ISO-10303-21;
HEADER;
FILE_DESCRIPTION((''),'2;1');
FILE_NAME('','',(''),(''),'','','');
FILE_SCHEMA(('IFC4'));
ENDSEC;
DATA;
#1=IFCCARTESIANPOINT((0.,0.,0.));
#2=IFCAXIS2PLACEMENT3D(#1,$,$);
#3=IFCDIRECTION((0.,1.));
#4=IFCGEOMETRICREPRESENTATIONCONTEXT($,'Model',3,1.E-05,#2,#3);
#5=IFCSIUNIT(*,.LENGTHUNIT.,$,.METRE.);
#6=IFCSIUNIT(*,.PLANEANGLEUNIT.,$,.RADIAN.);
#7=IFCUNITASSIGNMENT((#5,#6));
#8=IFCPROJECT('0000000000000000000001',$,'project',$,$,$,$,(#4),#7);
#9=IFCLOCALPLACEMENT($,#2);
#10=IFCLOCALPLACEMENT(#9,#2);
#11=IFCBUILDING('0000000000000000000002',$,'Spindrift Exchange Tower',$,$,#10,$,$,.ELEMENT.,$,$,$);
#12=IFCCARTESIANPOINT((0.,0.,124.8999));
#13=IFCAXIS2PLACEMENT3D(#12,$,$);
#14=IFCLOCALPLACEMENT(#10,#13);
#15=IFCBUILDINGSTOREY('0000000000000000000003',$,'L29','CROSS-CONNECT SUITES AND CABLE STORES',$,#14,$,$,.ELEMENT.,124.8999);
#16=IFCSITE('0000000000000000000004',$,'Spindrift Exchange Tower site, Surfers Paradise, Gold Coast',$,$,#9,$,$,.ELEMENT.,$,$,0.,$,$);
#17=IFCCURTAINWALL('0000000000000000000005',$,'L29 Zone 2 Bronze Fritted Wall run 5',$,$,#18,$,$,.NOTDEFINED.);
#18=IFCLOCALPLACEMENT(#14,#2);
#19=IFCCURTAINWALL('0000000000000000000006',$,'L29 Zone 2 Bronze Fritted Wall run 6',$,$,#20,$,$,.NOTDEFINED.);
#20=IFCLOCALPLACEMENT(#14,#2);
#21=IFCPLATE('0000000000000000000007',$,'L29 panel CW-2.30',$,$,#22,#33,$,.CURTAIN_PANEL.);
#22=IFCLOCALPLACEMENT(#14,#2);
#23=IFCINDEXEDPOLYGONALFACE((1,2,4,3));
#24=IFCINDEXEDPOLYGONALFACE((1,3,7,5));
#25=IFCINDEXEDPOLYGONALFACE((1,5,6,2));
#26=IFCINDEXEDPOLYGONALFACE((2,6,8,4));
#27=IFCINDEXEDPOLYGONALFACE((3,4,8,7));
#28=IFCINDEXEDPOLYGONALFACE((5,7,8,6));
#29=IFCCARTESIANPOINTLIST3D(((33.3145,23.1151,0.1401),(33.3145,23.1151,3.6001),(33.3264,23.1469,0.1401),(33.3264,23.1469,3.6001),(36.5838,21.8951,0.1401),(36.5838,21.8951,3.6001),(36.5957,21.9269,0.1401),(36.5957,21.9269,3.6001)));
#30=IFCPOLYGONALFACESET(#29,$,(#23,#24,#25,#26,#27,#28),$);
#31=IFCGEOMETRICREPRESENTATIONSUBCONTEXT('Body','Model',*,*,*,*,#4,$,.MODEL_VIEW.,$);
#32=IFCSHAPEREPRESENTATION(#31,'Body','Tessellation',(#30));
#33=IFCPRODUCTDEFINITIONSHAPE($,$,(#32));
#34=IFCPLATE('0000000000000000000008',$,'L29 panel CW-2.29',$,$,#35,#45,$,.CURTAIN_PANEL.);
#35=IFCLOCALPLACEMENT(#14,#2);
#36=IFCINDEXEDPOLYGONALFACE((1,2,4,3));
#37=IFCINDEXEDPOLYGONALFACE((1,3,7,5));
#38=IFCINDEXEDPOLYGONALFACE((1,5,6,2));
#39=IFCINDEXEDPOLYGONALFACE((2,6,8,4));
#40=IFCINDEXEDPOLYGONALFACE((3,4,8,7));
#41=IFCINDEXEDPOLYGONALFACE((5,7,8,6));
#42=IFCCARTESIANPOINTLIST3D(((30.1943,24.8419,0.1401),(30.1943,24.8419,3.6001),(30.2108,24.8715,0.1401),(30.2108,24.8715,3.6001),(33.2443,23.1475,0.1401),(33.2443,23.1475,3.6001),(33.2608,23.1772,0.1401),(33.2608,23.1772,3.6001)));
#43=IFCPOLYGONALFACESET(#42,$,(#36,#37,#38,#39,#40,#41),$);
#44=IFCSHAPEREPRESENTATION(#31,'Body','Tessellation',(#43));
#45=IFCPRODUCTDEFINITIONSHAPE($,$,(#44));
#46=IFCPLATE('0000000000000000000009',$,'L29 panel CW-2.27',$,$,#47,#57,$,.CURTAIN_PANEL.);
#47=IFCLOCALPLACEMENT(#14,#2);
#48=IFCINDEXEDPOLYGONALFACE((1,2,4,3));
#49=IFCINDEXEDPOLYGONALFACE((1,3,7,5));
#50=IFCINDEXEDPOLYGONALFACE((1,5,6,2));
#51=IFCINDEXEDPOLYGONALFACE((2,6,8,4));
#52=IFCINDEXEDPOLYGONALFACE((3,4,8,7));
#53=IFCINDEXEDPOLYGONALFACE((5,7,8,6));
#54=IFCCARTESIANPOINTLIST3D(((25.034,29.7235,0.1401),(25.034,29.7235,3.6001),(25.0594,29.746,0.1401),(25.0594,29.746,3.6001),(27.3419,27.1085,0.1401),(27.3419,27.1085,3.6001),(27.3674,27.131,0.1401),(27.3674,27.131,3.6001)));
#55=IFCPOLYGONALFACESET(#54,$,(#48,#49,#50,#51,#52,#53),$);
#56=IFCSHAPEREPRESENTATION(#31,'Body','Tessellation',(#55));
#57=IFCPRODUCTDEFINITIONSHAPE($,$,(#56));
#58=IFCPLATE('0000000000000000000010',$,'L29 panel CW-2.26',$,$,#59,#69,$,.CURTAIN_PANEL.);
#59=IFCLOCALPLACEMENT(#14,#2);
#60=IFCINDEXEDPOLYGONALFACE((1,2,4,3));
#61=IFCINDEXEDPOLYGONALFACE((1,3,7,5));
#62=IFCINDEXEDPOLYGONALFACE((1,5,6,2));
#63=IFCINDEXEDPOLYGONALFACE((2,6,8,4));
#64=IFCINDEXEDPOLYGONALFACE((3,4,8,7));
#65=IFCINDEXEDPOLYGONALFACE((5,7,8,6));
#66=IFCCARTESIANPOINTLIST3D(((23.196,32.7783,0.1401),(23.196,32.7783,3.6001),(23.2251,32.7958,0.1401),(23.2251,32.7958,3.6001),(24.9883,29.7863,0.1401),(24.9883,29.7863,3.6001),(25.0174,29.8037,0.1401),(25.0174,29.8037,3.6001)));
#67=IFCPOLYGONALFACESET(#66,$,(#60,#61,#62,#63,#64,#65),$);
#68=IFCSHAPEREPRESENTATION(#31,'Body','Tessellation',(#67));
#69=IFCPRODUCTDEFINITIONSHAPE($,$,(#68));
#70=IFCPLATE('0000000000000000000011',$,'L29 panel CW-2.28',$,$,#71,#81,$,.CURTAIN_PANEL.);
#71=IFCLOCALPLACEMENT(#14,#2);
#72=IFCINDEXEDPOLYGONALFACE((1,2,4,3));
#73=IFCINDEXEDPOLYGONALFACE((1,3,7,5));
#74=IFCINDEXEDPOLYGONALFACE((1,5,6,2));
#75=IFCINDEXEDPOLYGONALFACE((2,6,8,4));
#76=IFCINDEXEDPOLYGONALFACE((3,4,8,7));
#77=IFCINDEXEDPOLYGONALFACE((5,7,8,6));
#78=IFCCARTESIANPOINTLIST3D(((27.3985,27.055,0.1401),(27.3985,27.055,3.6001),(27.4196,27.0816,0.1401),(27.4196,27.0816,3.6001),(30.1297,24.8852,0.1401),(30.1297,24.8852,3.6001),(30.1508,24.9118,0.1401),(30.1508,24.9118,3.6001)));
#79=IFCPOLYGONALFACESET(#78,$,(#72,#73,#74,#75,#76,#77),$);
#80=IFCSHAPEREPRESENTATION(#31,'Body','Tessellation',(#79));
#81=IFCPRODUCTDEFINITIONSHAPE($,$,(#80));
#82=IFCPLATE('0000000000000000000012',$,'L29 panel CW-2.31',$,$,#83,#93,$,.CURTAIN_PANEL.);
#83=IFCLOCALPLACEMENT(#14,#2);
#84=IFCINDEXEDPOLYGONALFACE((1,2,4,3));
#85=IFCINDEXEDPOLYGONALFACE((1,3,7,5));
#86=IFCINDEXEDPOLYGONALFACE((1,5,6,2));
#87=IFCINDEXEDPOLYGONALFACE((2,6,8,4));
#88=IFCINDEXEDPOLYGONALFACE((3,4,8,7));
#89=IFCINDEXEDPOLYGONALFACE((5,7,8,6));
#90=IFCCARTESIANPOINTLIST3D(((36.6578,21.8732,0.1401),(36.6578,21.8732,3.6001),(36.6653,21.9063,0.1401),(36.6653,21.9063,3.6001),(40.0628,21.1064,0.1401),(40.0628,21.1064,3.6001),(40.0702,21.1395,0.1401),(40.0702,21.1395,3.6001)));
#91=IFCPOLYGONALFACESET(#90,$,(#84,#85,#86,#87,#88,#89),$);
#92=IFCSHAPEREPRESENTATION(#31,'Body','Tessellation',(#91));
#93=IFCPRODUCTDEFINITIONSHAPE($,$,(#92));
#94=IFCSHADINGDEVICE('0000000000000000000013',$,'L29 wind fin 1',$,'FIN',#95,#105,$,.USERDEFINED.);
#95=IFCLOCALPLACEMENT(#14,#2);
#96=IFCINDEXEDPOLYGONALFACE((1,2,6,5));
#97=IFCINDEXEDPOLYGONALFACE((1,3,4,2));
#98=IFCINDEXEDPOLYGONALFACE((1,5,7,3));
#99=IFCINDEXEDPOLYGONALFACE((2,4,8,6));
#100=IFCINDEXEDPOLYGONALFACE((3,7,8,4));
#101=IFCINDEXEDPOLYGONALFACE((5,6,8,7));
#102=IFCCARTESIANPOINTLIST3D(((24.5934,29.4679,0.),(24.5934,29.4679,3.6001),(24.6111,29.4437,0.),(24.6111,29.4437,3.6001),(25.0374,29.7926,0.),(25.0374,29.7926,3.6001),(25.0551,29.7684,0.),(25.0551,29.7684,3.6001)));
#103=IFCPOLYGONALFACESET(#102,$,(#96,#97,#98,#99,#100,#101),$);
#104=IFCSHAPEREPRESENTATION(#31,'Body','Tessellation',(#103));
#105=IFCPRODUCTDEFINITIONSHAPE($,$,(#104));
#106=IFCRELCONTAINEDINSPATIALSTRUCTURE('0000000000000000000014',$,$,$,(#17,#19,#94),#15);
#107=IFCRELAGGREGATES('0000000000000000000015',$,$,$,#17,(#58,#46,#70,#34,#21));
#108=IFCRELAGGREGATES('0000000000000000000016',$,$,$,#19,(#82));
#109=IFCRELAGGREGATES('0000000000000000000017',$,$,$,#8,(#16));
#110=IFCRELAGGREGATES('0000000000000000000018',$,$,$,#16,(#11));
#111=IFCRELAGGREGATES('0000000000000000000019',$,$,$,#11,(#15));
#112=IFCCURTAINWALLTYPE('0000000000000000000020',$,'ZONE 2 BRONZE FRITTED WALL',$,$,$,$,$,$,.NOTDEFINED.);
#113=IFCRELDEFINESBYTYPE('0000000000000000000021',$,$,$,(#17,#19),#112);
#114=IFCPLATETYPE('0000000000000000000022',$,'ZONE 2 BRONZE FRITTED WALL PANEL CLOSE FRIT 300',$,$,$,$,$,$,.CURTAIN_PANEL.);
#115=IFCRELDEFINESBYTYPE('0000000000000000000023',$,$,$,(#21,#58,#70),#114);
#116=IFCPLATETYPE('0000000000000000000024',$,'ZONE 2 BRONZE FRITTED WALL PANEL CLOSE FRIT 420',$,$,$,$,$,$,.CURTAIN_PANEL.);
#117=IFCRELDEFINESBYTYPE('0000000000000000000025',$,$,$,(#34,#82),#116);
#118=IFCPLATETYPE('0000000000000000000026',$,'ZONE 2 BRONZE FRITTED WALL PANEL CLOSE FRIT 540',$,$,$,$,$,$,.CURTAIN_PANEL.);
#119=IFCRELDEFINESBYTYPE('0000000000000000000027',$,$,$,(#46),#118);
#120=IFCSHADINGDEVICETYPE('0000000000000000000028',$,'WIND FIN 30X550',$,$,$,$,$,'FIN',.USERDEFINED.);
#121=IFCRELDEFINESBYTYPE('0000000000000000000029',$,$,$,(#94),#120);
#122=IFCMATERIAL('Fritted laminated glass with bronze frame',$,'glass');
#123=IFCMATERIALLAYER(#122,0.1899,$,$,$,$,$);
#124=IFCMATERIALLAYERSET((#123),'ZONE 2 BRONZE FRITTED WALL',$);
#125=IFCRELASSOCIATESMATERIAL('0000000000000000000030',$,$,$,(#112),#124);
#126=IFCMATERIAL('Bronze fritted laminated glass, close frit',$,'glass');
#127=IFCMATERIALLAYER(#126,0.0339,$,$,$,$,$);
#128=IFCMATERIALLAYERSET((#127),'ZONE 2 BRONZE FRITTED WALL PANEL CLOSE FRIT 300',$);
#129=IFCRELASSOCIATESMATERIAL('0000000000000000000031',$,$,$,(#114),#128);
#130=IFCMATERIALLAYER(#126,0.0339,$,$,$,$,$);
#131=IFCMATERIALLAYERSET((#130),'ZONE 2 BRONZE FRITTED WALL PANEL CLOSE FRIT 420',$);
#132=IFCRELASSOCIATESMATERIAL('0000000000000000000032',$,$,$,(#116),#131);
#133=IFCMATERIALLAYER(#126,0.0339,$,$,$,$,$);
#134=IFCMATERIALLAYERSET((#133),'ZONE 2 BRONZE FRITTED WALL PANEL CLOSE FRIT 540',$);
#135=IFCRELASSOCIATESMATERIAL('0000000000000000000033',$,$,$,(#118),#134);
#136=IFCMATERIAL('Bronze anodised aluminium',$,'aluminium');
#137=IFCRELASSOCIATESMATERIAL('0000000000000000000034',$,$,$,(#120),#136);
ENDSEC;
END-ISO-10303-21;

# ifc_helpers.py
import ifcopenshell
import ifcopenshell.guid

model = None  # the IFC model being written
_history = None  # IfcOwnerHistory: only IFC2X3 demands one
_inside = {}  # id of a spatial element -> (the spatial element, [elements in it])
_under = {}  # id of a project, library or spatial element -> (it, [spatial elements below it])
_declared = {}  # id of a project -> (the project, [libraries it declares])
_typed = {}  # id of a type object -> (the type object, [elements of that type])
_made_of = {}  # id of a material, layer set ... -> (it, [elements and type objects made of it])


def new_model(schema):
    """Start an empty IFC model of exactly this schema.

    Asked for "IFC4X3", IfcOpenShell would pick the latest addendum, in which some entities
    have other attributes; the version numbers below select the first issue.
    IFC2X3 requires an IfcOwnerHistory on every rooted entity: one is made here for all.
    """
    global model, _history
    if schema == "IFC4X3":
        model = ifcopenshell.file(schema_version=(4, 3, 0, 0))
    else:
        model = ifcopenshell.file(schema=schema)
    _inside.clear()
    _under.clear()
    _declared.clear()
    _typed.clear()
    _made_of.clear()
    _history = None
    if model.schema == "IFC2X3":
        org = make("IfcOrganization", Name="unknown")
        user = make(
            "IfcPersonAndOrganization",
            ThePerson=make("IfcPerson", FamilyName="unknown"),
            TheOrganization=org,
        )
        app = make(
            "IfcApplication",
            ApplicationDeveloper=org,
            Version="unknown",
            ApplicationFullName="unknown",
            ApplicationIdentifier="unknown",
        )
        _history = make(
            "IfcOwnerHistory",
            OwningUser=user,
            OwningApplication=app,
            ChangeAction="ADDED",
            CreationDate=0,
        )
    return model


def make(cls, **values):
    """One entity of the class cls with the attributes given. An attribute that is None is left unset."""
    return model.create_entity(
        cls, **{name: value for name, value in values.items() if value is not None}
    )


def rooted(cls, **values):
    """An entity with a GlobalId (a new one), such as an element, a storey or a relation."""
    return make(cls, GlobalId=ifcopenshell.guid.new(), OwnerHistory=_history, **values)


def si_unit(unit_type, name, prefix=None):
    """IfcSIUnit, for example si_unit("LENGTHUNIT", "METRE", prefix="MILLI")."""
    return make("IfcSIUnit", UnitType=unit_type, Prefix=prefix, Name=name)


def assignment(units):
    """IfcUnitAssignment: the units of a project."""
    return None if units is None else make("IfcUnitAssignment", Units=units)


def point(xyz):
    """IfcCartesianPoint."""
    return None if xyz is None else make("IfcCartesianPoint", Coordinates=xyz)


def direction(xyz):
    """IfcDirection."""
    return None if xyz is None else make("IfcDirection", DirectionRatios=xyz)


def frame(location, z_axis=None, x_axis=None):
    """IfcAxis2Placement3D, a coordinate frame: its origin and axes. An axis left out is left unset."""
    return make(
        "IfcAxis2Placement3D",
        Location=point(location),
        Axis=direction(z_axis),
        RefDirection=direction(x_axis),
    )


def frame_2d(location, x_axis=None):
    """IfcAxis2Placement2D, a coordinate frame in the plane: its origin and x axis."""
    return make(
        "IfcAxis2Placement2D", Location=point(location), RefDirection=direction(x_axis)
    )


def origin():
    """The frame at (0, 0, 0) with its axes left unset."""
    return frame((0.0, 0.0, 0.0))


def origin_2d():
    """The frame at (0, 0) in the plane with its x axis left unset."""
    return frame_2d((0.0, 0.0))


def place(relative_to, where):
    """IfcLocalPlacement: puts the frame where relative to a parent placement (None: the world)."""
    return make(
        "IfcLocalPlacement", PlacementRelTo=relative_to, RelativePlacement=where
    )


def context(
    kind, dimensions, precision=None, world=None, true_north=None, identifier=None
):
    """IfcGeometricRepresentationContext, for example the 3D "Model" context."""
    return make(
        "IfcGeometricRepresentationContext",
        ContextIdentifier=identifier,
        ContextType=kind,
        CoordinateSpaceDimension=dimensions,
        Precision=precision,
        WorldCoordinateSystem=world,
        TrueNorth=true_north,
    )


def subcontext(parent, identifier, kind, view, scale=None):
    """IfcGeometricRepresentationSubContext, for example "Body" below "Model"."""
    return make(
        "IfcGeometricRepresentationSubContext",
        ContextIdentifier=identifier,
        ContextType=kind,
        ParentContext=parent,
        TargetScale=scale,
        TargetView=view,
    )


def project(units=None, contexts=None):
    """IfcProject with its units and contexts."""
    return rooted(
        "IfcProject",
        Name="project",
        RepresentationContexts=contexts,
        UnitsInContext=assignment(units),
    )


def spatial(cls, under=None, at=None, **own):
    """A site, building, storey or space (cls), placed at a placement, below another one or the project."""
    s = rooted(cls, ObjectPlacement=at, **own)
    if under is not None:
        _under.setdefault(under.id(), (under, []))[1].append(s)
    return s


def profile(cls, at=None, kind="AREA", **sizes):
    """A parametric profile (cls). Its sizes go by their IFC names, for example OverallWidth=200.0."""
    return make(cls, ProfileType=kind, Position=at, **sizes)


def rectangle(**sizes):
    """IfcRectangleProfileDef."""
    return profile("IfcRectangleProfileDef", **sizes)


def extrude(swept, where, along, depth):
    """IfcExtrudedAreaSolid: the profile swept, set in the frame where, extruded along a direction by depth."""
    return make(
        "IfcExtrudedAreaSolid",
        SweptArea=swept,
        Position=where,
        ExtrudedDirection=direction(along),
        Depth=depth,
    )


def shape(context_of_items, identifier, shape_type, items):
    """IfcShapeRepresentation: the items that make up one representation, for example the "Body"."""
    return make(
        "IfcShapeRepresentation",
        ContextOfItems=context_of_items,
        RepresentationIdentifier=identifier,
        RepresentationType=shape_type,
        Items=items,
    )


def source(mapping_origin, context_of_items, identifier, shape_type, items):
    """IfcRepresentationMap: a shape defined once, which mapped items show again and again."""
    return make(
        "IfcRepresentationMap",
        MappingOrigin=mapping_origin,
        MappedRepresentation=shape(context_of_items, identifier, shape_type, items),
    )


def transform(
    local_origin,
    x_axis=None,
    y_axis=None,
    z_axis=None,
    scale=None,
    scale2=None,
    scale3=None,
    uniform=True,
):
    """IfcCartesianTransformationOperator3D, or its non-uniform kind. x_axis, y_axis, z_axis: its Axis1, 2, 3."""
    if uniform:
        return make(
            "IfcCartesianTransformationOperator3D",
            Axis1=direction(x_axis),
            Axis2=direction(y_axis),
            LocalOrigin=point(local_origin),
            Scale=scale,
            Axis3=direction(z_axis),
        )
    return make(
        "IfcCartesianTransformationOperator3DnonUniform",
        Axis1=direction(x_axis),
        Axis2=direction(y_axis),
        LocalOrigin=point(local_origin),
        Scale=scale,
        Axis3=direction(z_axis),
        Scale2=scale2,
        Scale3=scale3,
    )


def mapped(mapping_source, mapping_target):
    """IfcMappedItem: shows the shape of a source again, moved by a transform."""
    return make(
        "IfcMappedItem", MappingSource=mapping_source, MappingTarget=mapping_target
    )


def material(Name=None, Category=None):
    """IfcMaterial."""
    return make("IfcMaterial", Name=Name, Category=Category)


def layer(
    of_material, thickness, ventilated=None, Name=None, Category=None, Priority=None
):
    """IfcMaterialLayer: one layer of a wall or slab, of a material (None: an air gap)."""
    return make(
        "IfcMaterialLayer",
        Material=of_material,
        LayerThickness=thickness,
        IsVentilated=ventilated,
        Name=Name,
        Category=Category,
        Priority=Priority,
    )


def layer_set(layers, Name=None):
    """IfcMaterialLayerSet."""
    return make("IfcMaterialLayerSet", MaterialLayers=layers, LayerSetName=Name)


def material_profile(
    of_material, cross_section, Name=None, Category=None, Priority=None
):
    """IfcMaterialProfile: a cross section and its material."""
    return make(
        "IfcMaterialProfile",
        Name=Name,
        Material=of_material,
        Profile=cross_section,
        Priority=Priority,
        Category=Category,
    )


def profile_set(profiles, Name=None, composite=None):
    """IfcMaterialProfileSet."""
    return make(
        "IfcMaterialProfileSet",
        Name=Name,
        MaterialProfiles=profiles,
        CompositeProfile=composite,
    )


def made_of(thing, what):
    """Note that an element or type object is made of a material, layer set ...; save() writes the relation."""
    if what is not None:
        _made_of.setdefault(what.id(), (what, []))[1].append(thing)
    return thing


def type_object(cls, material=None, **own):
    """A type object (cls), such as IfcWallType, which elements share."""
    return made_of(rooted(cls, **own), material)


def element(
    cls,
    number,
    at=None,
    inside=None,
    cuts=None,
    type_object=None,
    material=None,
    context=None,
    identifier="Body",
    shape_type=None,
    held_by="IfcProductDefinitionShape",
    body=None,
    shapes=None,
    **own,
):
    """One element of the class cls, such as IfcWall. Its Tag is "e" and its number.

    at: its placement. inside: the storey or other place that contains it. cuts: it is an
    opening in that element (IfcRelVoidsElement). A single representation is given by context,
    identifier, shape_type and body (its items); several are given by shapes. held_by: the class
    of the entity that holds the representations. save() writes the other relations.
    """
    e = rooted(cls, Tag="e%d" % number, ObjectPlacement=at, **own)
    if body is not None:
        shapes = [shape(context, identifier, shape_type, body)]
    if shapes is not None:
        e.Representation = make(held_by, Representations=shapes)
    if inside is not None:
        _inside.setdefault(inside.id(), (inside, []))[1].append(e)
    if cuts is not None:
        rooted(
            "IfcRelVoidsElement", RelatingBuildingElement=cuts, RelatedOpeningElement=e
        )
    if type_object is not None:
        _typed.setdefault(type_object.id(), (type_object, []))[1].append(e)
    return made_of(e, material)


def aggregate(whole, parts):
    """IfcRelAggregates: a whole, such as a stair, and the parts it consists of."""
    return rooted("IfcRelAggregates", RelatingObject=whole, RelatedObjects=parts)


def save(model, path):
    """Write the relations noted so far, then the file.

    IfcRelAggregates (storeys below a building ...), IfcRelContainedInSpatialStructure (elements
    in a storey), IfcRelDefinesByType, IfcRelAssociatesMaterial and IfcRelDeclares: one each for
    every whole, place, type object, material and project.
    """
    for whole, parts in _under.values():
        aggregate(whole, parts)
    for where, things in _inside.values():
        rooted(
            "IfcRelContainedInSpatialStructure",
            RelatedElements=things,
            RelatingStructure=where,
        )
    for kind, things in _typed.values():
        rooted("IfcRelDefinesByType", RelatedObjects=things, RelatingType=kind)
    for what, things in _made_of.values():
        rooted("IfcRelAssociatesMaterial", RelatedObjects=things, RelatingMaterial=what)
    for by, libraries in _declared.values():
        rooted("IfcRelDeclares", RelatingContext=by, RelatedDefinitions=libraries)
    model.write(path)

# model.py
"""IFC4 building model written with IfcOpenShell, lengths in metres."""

from ifc_helpers import new_model, si_unit, direction, frame, origin, origin_2d, place, context, subcontext, project, spatial, rectangle, extrude, source, transform, mapped, material, layer, layer_set, material_profile, profile_set, type_object, element, aggregate, save


model = new_model("IFC4")

# Units and contexts
model_context = context("Model", 3, precision=1e-05, world=origin(), true_north=direction((0.0, 1.0)))
body_context = subcontext(model_context, "Body", "Model", "MODEL_VIEW")
ifc_project = project(units=[si_unit("LENGTHUNIT", "METRE"), si_unit("PLANEANGLEUNIT", "RADIAN")], contexts=[model_context])

# Site, building, storey
site_placement = place(None, origin())
site = spatial("IfcSite", under=ifc_project, at=site_placement, Name="Spindrift Exchange Tower site, Surfers Paradise, Gold Coast", CompositionType="ELEMENT", RefElevation=0.0)
building_placement = place(site_placement, origin())
building = spatial("IfcBuilding", under=site, at=building_placement, Name="Spindrift Exchange Tower", CompositionType="ELEMENT")
storey_placement = place(building_placement, frame((0.0, 0.0, 124.8999)))
storey = spatial("IfcBuildingStorey", under=building, at=storey_placement, Name="L29", Description="CROSS-CONNECT SUITES AND CABLE STORES", CompositionType="ELEMENT", Elevation=124.8999)

# Curtain wall
ifc_material_1 = material(Name="Fritted laminated glass with bronze frame", Category="glass")
ifc_layer_1 = layer(ifc_material_1, 0.1899)
ifc_layer_set_1 = layer_set([ifc_layer_1], Name="ZONE 2 BRONZE FRITTED WALL")
curtain_wall_type = type_object("IfcCurtainWallType", Name="ZONE 2 BRONZE FRITTED WALL", PredefinedType="NOTDEFINED", material=ifc_layer_set_1)
curtain_wall_1_placement = place(storey_placement, origin())
curtain_wall_1 = element("IfcCurtainWall", 1, at=curtain_wall_1_placement, inside=storey, type_object=curtain_wall_type, Name="L29 Zone 2 Bronze Fritted Wall run 5", PredefinedType="NOTDEFINED")
ifc_material_2 = material(Name="Bronze anodised aluminium", Category="aluminium")

# Curtain wall
curtain_wall_2_placement = place(storey_placement, origin())
curtain_wall_2 = element("IfcCurtainWall", 2, at=curtain_wall_2_placement, inside=storey, type_object=curtain_wall_type, Name="L29 Zone 2 Bronze Fritted Wall run 6", PredefinedType="NOTDEFINED")

# Plates
ifc_material_3 = material(Name="Bronze fritted laminated glass, close frit", Category="glass")
ifc_layer_2 = layer(ifc_material_3, 0.0339)
ifc_layer_set_2 = layer_set([ifc_layer_2], Name="ZONE 2 BRONZE FRITTED WALL PANEL CLOSE FRIT 300")
plate_type_1 = type_object("IfcPlateType", Name="ZONE 2 BRONZE FRITTED WALL PANEL CLOSE FRIT 300", PredefinedType="CURTAIN_PANEL", material=ifc_layer_set_2)
shared_shape_1 = source(origin(), body_context, "Body", "SweptSolid", [
    extrude(rectangle(XDim=3.4895, YDim=0.0339, at=origin_2d()), origin(), (0.0, 0.0, 1.0), 3.46),
])
plate_1_placement = place(storey_placement, frame((34.9551, 22.521, 0.1401), z_axis=(0.0, 0.0, 1.0), x_axis=(0.936899, -0.349601, 0.0)))
plate_1 = element("IfcPlate", 3, at=plate_1_placement, type_object=plate_type_1, Name="L29 panel CW-2.30", PredefinedType="CURTAIN_PANEL", context=body_context, shape_type="MappedRepresentation", body=[
    mapped(shared_shape_1, transform((0.0, 0.0, 0.0), scale=1.0)),
])
ifc_layer_3 = layer(ifc_material_3, 0.0339)
ifc_layer_set_3 = layer_set([ifc_layer_3], Name="ZONE 2 BRONZE FRITTED WALL PANEL CLOSE FRIT 420")
plate_type_2 = type_object("IfcPlateType", Name="ZONE 2 BRONZE FRITTED WALL PANEL CLOSE FRIT 420", PredefinedType="CURTAIN_PANEL", material=ifc_layer_set_3)
shared_shape_2 = source(origin(), body_context, "Body", "SweptSolid", [
    extrude(rectangle(XDim=3.489, YDim=0.0339, at=origin_2d()), origin(), (0.0, 0.0, 1.0), 3.46),
])
plate_2_placement = place(storey_placement, frame((31.7275, 24.0095, 0.1401), z_axis=(0.0, 0.0, 1.0), x_axis=(0.874167, -0.485625, 0.0)))
plate_2 = element("IfcPlate", 4, at=plate_2_placement, type_object=plate_type_2, Name="L29 panel CW-2.29", PredefinedType="CURTAIN_PANEL", context=body_context, shape_type="MappedRepresentation", body=[
    mapped(shared_shape_2, transform((0.0, 0.0, 0.0), scale=1.0)),
])
ifc_layer_4 = layer(ifc_material_3, 0.0339)
ifc_layer_set_4 = layer_set([ifc_layer_4], Name="ZONE 2 BRONZE FRITTED WALL PANEL CLOSE FRIT 540")
plate_type_3 = type_object("IfcPlateType", Name="ZONE 2 BRONZE FRITTED WALL PANEL CLOSE FRIT 540", PredefinedType="CURTAIN_PANEL", material=ifc_layer_set_4)
shared_shape_3 = source(origin(), body_context, "Body", "SweptSolid", [
    extrude(rectangle(XDim=3.4878, YDim=0.0339, at=origin_2d()), origin(), (0.0, 0.0, 1.0), 3.46),
])
plate_3_placement = place(storey_placement, frame((26.2007, 28.4272, 0.1401), z_axis=(0.0, 0.0, 1.0), x_axis=(0.661725, -0.749746, 0.0)))
plate_3 = element("IfcPlate", 5, at=plate_3_placement, type_object=plate_type_3, Name="L29 panel CW-2.27", PredefinedType="CURTAIN_PANEL", context=body_context, shape_type="MappedRepresentation", body=[
    mapped(shared_shape_3, transform((0.0, 0.0, 0.0), scale=1.0)),
])
shared_shape_4 = source(origin(), body_context, "Body", "SweptSolid", [
    extrude(rectangle(XDim=3.4878, YDim=0.0339, at=origin_2d()), origin(), (0.0, 0.0, 1.0), 3.46),
])
plate_4_placement = place(storey_placement, frame((24.1067, 31.291, 0.1401), z_axis=(0.0, 0.0, 1.0), x_axis=(0.513881, -0.857861, 0.0)))
plate_4 = element("IfcPlate", 6, at=plate_4_placement, type_object=plate_type_1, Name="L29 panel CW-2.26", PredefinedType="CURTAIN_PANEL", context=body_context, shape_type="MappedRepresentation", body=[
    mapped(shared_shape_4, transform((0.0, 0.0, 0.0), scale=1.0)),
])
shared_shape_5 = source(origin(), body_context, "Body", "SweptSolid", [
    extrude(rectangle(XDim=3.4883, YDim=0.0339, at=origin_2d()), origin(), (0.0, 0.0, 1.0), 3.46),
])
plate_5_placement = place(storey_placement, frame((28.7747, 25.9834, 0.1401), z_axis=(0.0, 0.0, 1.0), x_axis=(0.782984, -0.622042, 0.0)))
plate_5 = element("IfcPlate", 7, at=plate_5_placement, type_object=plate_type_1, Name="L29 panel CW-2.28", PredefinedType="CURTAIN_PANEL", context=body_context, shape_type="MappedRepresentation", body=[
    mapped(shared_shape_5, transform((0.0, 0.0, 0.0), scale=1.0)),
])
aggregate(curtain_wall_1, [plate_4, plate_3, plate_5, plate_2, plate_1])
shared_shape_6 = source(origin(), body_context, "Body", "SweptSolid", [
    extrude(rectangle(XDim=3.4902, YDim=0.0339, at=origin_2d()), origin(), (0.0, 0.0, 1.0), 3.46),
])
plate_6_placement = place(storey_placement, frame((38.364, 21.5063, 0.1401), z_axis=(0.0, 0.0, 1.0), x_axis=(0.975568, -0.2197, 0.0)))
plate_6 = element("IfcPlate", 8, at=plate_6_placement, type_object=plate_type_2, Name="L29 panel CW-2.31", PredefinedType="CURTAIN_PANEL", context=body_context, shape_type="MappedRepresentation", body=[
    mapped(shared_shape_6, transform((0.0, 0.0, 0.0), scale=1.0)),
])
aggregate(curtain_wall_2, [plate_6])

# Shading device
ifc_material_profile_1 = material_profile(ifc_material_2, rectangle(XDim=0.03, YDim=0.55, at=origin_2d()), Name="WIND FIN 30X550")
ifc_profile_set_1 = profile_set([ifc_material_profile_1], Name="Bronze anodised aluminium")
shading_device_type = type_object("IfcShadingDeviceType", Name="WIND FIN 30X550", ElementType="FIN", PredefinedType="USERDEFINED", material=ifc_profile_set_1)
shared_shape_7 = source(origin(), body_context, "Body", "SweptSolid", [
    extrude(rectangle(XDim=0.03, YDim=0.55, at=origin_2d()), origin(), (0.0, 0.0, 1.0), 3.6001),
])
shading_device_placement = place(storey_placement, frame((24.8242, 29.6182, 0.0), z_axis=(0.0, 0.0, 1.0), x_axis=(0.590283, -0.807196, 0.0)))
element("IfcShadingDevice", 9, at=shading_device_placement, inside=storey, type_object=shading_device_type, Name="L29 wind fin 1", ObjectType="FIN", PredefinedType="USERDEFINED", context=body_context, shape_type="MappedRepresentation", body=[
    mapped(shared_shape_7, transform((0.0, 0.0, 0.0), scale=1.0)),
])

save(model, "model.ifc")
